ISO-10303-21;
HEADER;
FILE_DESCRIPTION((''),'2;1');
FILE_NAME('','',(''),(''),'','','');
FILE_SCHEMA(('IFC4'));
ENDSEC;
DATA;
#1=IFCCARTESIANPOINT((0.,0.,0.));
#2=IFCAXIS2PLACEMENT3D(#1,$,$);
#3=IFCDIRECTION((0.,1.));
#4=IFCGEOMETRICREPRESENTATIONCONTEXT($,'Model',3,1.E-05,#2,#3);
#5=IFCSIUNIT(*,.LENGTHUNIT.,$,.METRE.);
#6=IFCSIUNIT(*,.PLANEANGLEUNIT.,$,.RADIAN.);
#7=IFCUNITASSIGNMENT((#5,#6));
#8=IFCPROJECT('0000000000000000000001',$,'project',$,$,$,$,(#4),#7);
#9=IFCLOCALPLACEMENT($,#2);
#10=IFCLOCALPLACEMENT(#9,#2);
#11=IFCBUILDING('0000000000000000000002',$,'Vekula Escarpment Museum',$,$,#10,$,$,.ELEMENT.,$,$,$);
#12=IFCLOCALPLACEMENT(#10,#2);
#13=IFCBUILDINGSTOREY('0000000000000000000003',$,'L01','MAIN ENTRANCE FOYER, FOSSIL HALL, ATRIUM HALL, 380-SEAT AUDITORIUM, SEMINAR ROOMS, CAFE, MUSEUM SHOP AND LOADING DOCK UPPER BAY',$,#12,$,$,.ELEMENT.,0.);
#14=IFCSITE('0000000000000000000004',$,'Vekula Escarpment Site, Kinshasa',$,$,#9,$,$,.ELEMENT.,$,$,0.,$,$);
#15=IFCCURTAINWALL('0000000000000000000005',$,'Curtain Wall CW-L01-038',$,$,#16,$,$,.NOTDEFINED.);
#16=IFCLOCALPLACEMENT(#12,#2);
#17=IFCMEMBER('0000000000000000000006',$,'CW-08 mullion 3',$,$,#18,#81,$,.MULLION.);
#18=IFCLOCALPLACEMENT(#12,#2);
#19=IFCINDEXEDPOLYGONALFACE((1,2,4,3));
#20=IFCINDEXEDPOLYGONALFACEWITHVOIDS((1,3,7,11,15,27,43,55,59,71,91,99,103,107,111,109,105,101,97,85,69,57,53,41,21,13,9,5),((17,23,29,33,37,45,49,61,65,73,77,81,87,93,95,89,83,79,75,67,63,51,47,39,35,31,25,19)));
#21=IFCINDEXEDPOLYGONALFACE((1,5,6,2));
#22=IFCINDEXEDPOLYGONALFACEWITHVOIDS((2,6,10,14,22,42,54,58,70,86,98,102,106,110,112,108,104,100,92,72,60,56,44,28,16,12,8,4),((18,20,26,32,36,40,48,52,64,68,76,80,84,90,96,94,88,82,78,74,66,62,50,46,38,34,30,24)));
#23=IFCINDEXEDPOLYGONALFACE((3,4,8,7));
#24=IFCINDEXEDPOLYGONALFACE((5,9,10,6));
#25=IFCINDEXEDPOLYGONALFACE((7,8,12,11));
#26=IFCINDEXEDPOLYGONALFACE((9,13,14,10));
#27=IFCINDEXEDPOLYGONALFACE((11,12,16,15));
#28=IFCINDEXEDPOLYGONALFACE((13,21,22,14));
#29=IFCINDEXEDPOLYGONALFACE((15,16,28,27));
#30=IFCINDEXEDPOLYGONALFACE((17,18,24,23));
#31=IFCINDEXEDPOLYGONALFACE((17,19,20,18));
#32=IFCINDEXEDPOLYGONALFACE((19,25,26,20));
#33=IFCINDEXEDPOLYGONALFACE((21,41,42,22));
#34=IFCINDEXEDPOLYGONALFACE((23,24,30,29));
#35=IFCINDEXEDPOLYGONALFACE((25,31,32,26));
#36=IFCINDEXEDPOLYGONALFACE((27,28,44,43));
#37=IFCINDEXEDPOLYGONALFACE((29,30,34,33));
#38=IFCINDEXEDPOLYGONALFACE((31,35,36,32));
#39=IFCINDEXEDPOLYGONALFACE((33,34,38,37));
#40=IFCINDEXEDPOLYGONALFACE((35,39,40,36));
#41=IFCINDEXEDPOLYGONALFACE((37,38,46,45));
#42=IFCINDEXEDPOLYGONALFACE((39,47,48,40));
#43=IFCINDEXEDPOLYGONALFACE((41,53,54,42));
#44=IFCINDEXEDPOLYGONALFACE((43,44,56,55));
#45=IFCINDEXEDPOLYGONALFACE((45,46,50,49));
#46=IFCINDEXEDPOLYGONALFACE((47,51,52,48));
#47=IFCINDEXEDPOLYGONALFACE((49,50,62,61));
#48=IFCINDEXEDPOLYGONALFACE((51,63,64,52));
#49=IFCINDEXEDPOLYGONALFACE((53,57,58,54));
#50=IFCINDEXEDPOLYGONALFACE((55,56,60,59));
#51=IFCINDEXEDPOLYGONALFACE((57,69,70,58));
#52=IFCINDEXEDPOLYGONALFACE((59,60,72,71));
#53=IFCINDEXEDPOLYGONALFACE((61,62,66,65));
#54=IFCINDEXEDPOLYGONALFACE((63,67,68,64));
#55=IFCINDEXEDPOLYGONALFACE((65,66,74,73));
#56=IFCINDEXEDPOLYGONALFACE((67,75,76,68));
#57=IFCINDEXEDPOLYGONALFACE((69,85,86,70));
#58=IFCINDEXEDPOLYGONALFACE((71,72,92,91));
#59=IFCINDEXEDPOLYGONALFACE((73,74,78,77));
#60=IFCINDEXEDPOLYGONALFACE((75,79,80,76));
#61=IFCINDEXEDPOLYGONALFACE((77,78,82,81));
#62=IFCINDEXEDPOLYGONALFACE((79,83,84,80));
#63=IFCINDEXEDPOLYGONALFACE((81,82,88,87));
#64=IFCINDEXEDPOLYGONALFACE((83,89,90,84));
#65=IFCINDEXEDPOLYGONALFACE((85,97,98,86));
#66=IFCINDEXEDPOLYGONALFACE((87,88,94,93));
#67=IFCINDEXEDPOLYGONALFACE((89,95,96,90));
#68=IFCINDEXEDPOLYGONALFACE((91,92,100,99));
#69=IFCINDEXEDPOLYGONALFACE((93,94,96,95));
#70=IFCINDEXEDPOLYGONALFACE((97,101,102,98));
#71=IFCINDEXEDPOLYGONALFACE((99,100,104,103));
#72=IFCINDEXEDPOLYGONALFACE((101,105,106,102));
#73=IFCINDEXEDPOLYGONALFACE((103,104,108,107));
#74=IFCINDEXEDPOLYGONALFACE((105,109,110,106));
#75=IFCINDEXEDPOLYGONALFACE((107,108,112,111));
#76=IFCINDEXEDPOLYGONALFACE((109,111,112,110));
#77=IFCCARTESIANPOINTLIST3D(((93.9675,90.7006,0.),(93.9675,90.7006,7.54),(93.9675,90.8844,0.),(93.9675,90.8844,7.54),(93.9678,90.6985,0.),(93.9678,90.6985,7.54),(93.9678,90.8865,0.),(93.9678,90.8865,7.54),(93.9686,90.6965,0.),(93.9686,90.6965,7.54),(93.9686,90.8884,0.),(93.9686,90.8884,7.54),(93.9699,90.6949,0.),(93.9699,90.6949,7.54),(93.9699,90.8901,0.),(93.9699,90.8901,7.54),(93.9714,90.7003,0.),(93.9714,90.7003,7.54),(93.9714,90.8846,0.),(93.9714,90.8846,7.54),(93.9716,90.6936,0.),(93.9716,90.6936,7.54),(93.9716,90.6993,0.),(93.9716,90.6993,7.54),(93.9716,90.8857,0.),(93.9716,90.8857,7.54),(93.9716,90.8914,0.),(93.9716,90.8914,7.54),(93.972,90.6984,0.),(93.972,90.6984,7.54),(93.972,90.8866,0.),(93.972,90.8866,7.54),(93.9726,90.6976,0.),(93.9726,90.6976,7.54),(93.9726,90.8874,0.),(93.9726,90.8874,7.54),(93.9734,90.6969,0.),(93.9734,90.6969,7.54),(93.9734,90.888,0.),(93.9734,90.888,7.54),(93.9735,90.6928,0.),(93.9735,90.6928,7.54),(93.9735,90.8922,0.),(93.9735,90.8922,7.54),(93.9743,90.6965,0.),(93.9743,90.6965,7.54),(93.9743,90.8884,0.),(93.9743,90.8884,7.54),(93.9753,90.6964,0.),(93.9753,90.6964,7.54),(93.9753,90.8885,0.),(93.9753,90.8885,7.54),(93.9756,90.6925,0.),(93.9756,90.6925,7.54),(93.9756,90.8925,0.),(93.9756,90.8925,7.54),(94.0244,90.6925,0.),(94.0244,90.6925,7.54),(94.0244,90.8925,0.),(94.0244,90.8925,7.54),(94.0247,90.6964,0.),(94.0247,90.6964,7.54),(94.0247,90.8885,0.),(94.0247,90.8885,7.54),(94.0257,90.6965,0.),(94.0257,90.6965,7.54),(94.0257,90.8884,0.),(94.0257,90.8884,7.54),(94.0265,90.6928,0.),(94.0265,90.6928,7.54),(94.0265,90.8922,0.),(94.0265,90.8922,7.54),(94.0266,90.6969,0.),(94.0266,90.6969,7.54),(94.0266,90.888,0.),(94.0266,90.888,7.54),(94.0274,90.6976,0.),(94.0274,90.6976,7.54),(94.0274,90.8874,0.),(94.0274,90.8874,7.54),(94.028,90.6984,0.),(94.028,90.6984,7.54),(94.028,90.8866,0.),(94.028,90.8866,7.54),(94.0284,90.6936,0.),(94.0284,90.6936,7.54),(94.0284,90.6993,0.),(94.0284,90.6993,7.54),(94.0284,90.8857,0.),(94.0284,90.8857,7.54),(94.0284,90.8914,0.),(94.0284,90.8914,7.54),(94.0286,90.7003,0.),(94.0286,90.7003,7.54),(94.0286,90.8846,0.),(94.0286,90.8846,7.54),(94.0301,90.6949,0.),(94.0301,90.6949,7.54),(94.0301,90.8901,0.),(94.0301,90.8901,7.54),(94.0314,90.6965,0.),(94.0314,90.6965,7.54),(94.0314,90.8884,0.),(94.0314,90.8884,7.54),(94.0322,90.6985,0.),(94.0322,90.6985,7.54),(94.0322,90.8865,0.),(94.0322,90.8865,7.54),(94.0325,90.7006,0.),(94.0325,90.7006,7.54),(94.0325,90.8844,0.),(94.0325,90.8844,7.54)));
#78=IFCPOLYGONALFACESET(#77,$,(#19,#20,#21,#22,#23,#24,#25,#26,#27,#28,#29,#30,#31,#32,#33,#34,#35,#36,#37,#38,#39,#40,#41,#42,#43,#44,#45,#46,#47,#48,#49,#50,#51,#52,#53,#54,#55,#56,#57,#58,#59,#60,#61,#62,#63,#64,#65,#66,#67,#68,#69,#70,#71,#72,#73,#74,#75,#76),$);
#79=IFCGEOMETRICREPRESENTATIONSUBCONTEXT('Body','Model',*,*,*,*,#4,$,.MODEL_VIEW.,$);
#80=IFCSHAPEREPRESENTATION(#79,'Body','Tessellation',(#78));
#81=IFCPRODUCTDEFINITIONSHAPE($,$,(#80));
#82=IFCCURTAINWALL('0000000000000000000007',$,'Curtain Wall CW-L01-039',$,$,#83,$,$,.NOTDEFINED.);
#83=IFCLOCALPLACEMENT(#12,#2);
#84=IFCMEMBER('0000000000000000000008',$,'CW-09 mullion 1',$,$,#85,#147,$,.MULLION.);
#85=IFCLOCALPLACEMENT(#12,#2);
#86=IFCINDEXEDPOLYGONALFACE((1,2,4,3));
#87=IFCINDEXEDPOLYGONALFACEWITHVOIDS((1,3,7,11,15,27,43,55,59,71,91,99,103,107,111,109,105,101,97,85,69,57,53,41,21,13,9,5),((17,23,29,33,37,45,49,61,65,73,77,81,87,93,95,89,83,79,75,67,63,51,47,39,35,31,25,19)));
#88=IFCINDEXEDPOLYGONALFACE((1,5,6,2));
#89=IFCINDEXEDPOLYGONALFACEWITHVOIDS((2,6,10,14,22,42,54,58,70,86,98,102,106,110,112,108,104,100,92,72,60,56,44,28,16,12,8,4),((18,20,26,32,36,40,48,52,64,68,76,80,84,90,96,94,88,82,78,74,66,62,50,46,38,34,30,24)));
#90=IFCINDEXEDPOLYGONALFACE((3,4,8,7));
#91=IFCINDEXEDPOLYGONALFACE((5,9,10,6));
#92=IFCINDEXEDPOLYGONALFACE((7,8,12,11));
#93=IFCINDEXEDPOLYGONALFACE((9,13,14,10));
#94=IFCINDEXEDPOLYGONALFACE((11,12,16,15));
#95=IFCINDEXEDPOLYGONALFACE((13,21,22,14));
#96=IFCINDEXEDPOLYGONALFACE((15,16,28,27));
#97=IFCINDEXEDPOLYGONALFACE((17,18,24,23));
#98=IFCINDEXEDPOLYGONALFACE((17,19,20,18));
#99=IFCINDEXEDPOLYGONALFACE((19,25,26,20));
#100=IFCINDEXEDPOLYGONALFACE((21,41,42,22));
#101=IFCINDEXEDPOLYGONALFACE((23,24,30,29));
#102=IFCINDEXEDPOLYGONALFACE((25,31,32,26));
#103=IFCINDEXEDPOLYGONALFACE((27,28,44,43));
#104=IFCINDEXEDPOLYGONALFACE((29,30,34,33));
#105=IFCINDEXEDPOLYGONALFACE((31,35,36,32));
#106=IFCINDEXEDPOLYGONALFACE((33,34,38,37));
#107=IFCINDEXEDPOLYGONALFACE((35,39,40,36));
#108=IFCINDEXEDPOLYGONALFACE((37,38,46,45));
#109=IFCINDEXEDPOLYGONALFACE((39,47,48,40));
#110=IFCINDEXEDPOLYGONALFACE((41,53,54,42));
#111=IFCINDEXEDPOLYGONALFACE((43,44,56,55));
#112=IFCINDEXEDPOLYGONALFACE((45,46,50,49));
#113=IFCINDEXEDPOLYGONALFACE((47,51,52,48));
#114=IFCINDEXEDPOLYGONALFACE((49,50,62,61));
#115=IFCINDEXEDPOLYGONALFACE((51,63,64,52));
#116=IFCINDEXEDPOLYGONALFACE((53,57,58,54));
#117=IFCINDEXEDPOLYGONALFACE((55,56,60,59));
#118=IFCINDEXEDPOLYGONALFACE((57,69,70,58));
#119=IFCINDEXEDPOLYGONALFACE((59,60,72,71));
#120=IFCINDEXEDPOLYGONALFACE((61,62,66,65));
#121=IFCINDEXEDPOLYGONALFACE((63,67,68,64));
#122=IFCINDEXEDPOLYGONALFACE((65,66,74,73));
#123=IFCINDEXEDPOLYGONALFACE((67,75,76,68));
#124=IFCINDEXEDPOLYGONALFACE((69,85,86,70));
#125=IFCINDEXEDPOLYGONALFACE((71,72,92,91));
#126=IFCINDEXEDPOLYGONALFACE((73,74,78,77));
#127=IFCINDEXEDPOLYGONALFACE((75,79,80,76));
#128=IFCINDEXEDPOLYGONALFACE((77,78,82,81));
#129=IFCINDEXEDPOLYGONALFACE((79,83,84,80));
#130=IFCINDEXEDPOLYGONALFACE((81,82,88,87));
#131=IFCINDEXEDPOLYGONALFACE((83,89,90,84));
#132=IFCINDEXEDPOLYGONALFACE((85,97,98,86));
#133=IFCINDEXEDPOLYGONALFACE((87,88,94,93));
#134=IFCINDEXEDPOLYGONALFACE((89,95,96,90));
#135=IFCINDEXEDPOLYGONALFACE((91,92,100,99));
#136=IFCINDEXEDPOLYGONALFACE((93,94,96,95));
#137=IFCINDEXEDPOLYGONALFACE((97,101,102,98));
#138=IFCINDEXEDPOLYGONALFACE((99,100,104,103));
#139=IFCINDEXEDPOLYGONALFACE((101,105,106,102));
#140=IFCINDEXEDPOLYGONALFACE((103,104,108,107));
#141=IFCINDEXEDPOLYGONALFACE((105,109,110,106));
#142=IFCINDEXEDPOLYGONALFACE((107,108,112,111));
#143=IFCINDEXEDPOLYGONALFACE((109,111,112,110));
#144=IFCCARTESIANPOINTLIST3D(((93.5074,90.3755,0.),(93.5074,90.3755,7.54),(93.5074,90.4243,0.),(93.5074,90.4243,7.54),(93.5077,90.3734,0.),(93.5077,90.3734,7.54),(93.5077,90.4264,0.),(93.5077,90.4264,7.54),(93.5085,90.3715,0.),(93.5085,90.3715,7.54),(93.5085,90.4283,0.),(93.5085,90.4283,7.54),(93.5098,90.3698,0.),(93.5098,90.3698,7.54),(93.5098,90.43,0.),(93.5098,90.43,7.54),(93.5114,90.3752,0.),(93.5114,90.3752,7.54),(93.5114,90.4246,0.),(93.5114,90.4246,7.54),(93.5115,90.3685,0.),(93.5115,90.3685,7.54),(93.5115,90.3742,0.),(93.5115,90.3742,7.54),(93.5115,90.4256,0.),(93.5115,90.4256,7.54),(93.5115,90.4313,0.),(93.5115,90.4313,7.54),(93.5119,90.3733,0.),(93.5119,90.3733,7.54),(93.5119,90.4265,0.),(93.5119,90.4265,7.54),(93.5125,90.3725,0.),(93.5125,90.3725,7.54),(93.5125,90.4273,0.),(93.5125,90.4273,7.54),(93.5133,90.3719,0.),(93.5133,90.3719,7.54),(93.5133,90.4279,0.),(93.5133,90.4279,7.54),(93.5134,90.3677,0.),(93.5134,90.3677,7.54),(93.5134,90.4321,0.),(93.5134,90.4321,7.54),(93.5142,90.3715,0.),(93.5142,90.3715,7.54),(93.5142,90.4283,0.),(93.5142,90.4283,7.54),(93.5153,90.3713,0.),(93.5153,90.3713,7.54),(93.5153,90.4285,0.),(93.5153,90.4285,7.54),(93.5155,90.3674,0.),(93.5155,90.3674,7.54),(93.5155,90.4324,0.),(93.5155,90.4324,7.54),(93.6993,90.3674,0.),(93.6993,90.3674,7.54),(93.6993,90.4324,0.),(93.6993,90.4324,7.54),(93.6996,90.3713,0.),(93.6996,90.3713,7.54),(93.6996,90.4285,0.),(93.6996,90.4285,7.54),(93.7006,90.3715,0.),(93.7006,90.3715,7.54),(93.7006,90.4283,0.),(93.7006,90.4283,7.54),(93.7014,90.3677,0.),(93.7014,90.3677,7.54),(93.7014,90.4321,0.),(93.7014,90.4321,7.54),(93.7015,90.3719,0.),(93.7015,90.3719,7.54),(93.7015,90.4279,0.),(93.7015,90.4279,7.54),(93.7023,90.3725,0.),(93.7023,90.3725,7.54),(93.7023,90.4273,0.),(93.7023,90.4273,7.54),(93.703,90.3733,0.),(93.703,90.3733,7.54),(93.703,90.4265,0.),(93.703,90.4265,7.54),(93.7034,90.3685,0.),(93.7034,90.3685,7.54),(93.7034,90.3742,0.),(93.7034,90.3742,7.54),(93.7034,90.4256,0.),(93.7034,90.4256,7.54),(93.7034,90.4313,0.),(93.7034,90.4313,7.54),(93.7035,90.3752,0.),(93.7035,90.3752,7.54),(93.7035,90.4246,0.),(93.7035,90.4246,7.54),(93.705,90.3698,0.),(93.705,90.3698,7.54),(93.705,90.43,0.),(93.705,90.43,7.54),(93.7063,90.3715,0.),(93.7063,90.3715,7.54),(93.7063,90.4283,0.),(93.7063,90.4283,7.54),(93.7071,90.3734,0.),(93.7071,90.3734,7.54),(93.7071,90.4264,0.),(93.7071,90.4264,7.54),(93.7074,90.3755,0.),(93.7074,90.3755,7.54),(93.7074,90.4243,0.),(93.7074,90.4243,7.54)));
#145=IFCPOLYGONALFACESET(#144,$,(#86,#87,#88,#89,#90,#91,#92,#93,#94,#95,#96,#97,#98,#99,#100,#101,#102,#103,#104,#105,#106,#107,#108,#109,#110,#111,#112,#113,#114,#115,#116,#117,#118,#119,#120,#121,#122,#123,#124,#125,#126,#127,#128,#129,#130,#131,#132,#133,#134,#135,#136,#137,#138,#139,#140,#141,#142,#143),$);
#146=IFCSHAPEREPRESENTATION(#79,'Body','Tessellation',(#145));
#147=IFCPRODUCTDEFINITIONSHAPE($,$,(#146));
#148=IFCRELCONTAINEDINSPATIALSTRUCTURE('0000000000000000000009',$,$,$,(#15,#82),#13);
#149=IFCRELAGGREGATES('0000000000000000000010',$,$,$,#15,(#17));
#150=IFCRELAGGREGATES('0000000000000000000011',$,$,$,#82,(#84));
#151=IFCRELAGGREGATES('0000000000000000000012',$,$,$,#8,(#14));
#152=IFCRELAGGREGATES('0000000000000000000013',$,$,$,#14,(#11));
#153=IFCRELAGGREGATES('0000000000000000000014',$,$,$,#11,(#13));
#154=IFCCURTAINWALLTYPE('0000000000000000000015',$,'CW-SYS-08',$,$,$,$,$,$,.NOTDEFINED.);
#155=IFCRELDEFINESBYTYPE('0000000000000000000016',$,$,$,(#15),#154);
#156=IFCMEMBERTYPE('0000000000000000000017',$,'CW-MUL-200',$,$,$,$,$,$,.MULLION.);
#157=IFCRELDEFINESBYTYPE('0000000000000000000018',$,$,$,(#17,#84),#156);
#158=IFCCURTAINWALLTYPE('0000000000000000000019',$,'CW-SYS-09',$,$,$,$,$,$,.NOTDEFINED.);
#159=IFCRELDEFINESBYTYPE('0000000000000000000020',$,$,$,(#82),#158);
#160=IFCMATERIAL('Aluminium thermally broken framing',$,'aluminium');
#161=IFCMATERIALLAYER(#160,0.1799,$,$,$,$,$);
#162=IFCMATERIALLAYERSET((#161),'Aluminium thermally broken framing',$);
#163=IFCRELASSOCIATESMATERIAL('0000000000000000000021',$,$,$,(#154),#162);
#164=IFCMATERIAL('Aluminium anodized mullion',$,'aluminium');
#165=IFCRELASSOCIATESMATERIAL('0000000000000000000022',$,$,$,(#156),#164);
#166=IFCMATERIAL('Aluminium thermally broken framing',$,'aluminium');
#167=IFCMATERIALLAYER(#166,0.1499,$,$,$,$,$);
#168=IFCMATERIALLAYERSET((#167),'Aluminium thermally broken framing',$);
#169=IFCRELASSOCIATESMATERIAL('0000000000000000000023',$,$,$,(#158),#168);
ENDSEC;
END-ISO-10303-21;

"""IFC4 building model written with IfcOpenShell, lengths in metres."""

from ifc_helpers import new_model, si_unit, direction, frame, origin, origin_2d, place, context, subcontext, project, spatial, hollow_rectangle, extrude, material, layer, layer_set, material_profile, profile_set, type_object, element, aggregate, save


model = new_model("IFC4")

# Units and contexts
model_context = context("Model", 3, precision=1e-05, world=origin(), true_north=direction((0.0, 1.0)))
body_context = subcontext(model_context, "Body", "Model", "MODEL_VIEW")
ifc_project = project(units=[si_unit("LENGTHUNIT", "METRE"), si_unit("PLANEANGLEUNIT", "RADIAN")], contexts=[model_context])

# Site, building, storey
site_placement = place(None, origin())
site = spatial("IfcSite", under=ifc_project, at=site_placement, Name="Vekula Escarpment Site, Kinshasa", CompositionType="ELEMENT", RefElevation=0.0)
building_placement = place(site_placement, origin())
building = spatial("IfcBuilding", under=site, at=building_placement, Name="Vekula Escarpment Museum", CompositionType="ELEMENT")
storey_placement = place(building_placement, origin())
storey = spatial("IfcBuildingStorey", under=building, at=storey_placement, Name="L01", Description="MAIN ENTRANCE FOYER, FOSSIL HALL, ATRIUM HALL, 380-SEAT AUDITORIUM, SEMINAR ROOMS, CAFE, MUSEUM SHOP AND LOADING DOCK UPPER BAY", CompositionType="ELEMENT", Elevation=0.0)

# Curtain wall, member
ifc_material_1 = material(Name="Aluminium thermally broken framing", Category="aluminium")
ifc_layer_1 = layer(ifc_material_1, 0.1799)
ifc_layer_set_1 = layer_set([ifc_layer_1], Name="Aluminium thermally broken framing")
curtain_wall_type_1 = type_object("IfcCurtainWallType", Name="CW-SYS-08", PredefinedType="NOTDEFINED", material=ifc_layer_set_1)
curtain_wall_1_placement = place(storey_placement, origin())
curtain_wall_1 = element("IfcCurtainWall", 1, at=curtain_wall_1_placement, inside=storey, type_object=curtain_wall_type_1, Name="Curtain Wall CW-L01-038", PredefinedType="NOTDEFINED")
ifc_material_2 = material(Name="Aluminium anodized mullion", Category="aluminium")
ifc_material_profile_1 = material_profile(ifc_material_2, hollow_rectangle(XDim=0.0649, YDim=0.2, WallThickness=0.0039, InnerFilletRadius=0.0039, OuterFilletRadius=0.0081, at=origin_2d()), Name="ALU 200x65x4")
ifc_profile_set_1 = profile_set([ifc_material_profile_1], Name="Aluminium anodized mullion")
member_type_1 = type_object("IfcMemberType", Name="CW-MUL-200", PredefinedType="MULLION", material=ifc_profile_set_1)
member_1_placement = place(storey_placement, frame((94.0, 90.7925, 0.0), z_axis=(0.0, 0.0, 1.0), x_axis=(1.0, 0.0, 0.0)))
member_1 = element("IfcMember", 2, at=member_1_placement, type_object=member_type_1, Name="CW-08 mullion 3", PredefinedType="MULLION", context=body_context, shape_type="SweptSolid", body=[
    extrude(hollow_rectangle(XDim=0.0649, YDim=0.2, WallThickness=0.0039, InnerFilletRadius=0.0039, OuterFilletRadius=0.0081, at=origin_2d()), origin(), (0.0, 0.0, 1.0), 7.54),
])

# Curtain wall, member
ifc_material_3 = material(Name="Aluminium thermally broken framing", Category="aluminium")
ifc_layer_2 = layer(ifc_material_3, 0.1499)
ifc_layer_set_2 = layer_set([ifc_layer_2], Name="Aluminium thermally broken framing")
curtain_wall_type_2 = type_object("IfcCurtainWallType", Name="CW-SYS-09", PredefinedType="NOTDEFINED", material=ifc_layer_set_2)
curtain_wall_2_placement = place(storey_placement, origin())
curtain_wall_2 = element("IfcCurtainWall", 3, at=curtain_wall_2_placement, inside=storey, type_object=curtain_wall_type_2, Name="Curtain Wall CW-L01-039", PredefinedType="NOTDEFINED")
member_2_placement = place(storey_placement, frame((93.6074, 90.3999, 0.0), z_axis=(0.0, 0.0, 1.0), x_axis=(0.0, -1.0, 0.0)))
member_2 = element("IfcMember", 4, at=member_2_placement, type_object=member_type_1, Name="CW-09 mullion 1", PredefinedType="MULLION", context=body_context, shape_type="SweptSolid", body=[
    extrude(hollow_rectangle(XDim=0.0649, YDim=0.2, WallThickness=0.0039, InnerFilletRadius=0.0039, OuterFilletRadius=0.0081, at=origin_2d()), origin(), (0.0, 0.0, 1.0), 7.54),
])

aggregate(curtain_wall_1, [member_1])
aggregate(curtain_wall_2, [member_2])

save(model, "model.ifc")
